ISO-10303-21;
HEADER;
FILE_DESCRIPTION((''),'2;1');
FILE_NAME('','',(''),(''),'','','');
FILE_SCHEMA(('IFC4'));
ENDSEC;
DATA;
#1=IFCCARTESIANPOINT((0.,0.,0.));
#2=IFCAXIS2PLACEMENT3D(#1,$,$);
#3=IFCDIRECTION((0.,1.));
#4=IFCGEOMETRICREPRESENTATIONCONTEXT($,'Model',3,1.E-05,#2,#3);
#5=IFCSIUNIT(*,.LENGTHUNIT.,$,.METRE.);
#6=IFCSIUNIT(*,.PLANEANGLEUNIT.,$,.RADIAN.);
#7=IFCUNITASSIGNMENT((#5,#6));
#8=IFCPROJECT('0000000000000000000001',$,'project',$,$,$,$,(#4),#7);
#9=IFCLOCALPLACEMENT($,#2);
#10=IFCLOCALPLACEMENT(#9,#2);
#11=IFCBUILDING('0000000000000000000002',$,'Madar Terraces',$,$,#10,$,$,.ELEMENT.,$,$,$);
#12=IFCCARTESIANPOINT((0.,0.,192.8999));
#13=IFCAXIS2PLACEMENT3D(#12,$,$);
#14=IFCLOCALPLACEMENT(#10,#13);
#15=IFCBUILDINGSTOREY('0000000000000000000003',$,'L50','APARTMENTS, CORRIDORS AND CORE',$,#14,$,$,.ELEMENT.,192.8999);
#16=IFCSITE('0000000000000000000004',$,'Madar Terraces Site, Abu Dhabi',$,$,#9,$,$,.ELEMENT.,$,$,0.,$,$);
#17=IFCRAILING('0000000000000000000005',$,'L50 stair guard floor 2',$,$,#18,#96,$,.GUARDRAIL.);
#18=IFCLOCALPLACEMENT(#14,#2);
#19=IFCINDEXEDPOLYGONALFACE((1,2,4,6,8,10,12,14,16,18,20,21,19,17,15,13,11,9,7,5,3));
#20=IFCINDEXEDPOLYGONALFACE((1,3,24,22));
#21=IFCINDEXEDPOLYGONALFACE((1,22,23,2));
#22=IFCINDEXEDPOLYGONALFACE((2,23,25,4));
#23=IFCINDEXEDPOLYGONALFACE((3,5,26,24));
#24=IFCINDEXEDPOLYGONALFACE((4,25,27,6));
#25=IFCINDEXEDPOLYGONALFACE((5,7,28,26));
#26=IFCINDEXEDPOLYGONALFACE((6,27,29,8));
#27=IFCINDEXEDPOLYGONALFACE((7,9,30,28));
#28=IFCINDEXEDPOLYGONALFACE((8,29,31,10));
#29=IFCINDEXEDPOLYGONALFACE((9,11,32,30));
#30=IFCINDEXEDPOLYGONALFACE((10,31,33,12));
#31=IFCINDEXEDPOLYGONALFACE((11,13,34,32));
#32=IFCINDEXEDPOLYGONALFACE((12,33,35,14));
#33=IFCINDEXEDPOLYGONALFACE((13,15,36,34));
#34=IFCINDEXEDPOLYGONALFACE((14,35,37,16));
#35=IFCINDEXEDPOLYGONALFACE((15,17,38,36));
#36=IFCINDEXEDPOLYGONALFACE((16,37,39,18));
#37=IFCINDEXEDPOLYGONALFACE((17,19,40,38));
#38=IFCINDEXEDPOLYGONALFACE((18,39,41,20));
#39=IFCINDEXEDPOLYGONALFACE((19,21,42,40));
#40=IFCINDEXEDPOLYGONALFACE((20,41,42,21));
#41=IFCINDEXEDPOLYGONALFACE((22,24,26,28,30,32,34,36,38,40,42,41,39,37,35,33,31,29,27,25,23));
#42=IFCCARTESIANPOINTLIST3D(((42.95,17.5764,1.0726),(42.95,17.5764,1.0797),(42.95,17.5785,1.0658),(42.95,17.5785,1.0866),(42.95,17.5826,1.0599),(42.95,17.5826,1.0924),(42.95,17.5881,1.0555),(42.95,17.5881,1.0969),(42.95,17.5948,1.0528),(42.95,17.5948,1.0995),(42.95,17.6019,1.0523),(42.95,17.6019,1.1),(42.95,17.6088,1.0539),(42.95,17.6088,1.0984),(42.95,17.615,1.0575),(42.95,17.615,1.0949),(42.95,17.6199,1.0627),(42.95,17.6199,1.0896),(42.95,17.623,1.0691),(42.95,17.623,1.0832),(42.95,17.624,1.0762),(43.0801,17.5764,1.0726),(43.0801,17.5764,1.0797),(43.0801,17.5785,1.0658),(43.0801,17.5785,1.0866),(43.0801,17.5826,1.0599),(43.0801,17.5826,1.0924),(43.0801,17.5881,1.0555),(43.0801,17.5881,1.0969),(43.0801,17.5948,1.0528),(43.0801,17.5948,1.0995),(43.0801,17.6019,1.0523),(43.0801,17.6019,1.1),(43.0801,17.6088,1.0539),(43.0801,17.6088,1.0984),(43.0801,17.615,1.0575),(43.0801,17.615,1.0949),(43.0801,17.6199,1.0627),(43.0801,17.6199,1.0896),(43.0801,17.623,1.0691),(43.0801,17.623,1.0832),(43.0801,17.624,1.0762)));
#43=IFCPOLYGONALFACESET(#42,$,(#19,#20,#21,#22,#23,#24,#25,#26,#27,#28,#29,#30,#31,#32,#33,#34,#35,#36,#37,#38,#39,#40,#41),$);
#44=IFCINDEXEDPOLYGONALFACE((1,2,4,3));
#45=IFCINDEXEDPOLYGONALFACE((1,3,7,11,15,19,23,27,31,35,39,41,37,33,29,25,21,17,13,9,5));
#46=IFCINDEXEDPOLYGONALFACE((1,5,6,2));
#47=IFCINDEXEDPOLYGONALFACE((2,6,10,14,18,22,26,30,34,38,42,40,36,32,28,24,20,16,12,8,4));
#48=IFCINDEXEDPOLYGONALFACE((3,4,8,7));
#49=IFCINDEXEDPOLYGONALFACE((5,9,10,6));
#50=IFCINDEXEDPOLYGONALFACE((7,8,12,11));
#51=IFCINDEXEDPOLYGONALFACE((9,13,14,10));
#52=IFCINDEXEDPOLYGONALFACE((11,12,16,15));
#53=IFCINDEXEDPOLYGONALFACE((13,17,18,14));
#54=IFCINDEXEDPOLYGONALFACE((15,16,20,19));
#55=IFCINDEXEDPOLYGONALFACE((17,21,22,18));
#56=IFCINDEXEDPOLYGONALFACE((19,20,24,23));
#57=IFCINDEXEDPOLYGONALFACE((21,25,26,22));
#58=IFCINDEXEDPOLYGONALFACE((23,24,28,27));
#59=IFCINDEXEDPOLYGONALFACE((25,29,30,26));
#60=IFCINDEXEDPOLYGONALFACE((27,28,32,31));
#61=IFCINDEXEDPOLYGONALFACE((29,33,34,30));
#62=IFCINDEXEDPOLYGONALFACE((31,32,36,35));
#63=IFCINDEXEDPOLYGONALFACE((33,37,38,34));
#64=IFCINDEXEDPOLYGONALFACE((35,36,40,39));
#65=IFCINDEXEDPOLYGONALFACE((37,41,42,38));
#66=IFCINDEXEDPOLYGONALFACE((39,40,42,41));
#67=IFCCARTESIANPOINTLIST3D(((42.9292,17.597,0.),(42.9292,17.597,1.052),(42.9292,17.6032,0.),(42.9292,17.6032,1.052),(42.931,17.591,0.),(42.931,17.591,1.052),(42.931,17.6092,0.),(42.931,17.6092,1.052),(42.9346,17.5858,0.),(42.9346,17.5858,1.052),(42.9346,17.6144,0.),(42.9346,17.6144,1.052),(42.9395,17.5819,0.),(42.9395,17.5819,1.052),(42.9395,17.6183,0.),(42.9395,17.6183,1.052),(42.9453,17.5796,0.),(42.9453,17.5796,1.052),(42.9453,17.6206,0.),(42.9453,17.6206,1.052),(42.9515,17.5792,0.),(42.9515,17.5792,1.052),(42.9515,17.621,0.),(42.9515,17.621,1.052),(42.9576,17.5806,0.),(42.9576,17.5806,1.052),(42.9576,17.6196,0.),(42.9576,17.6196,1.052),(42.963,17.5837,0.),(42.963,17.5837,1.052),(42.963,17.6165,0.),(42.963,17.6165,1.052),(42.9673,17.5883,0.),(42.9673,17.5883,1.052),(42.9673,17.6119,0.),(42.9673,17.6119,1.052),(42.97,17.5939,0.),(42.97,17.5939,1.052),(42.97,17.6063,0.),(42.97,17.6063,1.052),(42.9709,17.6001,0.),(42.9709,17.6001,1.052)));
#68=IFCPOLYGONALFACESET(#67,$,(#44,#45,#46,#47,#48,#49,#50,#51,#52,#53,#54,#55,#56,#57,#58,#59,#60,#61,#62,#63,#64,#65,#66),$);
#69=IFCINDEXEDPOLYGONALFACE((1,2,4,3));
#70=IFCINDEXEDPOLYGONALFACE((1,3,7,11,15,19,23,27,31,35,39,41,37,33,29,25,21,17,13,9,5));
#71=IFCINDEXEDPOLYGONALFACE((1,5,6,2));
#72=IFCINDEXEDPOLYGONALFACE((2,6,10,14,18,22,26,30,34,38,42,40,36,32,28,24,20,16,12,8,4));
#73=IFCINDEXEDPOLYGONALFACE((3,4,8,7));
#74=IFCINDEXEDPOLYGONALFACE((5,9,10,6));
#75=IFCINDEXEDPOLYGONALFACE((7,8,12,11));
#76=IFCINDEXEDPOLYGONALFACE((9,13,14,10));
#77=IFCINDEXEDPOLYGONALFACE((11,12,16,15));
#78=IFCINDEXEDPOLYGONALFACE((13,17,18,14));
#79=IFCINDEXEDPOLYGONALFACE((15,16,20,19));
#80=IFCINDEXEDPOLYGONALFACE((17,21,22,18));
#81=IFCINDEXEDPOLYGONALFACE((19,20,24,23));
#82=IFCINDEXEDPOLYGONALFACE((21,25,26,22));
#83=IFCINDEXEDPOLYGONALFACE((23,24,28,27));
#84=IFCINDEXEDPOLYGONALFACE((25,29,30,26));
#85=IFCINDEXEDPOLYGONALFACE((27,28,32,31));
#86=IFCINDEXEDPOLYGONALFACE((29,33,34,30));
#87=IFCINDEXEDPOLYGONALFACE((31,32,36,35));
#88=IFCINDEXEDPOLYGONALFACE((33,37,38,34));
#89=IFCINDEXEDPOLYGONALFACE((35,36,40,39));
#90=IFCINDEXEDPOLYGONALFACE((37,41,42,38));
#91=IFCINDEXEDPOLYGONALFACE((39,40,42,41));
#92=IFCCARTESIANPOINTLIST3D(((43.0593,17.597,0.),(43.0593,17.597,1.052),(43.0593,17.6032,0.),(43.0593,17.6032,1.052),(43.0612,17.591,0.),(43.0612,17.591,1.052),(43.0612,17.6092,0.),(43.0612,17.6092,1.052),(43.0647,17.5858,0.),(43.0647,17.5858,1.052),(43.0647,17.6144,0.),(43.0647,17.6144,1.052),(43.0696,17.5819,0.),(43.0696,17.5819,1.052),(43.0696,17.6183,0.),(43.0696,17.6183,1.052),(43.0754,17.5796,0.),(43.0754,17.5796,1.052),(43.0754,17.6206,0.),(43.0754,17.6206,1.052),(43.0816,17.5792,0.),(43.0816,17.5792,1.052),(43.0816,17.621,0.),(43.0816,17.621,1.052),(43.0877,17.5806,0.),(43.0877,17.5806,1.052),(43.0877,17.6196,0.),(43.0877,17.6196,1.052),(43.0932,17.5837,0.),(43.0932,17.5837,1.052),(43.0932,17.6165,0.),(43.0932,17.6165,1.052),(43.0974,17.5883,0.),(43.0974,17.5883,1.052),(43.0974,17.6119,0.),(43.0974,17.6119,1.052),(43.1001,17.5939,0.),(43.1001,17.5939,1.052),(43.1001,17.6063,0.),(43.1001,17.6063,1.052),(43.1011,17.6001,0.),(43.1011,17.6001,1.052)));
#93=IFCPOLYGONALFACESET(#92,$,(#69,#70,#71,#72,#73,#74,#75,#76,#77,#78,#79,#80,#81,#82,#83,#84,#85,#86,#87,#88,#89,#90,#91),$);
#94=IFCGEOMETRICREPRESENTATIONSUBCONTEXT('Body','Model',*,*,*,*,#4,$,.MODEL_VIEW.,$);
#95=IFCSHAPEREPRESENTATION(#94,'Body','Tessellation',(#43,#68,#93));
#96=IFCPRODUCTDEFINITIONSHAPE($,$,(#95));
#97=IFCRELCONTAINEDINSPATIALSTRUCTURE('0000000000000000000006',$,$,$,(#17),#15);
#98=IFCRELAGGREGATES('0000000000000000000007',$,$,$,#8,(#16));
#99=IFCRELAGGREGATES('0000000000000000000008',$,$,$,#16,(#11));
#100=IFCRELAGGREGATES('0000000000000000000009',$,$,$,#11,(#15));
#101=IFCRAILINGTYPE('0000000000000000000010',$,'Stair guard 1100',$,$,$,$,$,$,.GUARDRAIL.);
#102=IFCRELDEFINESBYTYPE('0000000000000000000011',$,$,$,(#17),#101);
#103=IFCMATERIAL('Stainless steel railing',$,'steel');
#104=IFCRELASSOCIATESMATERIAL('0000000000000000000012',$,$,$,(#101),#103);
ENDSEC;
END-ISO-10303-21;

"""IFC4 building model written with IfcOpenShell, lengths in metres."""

from ifc_helpers import new_model, si_unit, direction, frame, origin, origin_2d, place, context, subcontext, project, spatial, circle, extrude, material, type_object, element, save


model = new_model("IFC4")

# Units and contexts
model_context = context("Model", 3, precision=1e-05, world=origin(), true_north=direction((0.0, 1.0)))
body_context = subcontext(model_context, "Body", "Model", "MODEL_VIEW")
ifc_project = project(units=[si_unit("LENGTHUNIT", "METRE"), si_unit("PLANEANGLEUNIT", "RADIAN")], contexts=[model_context])

# Site, building, storey
site_placement = place(None, origin())
site = spatial("IfcSite", under=ifc_project, at=site_placement, Name="Madar Terraces Site, Abu Dhabi", CompositionType="ELEMENT", RefElevation=0.0)
building_placement = place(site_placement, origin())
building = spatial("IfcBuilding", under=site, at=building_placement, Name="Madar Terraces", CompositionType="ELEMENT")
storey_placement = place(building_placement, frame((0.0, 0.0, 192.8999)))
storey = spatial("IfcBuildingStorey", under=building, at=storey_placement, Name="L50", Description="APARTMENTS, CORRIDORS AND CORE", CompositionType="ELEMENT", Elevation=192.8999)

# Railing
ifc_material_1 = material(Name="Stainless steel railing", Category="steel")
railing_type_1 = type_object("IfcRailingType", Name="Stair guard 1100", PredefinedType="GUARDRAIL", material=ifc_material_1)
railing_1_placement = place(storey_placement, frame((42.95, 17.6001, 0.0)))
element("IfcRailing", 1, at=railing_1_placement, inside=storey, type_object=railing_type_1, Name="L50 stair guard floor 2", PredefinedType="GUARDRAIL", context=body_context, shape_type="SweptSolid", body=[
    extrude(circle(Radius=0.0239, at=origin_2d()), frame((0.0, 0.0, 1.0762), z_axis=(1.0, 0.0, 0.0), x_axis=(0.0, 1.0, 0.0)), (0.0, 0.0, 1.0), 0.1301),
    extrude(circle(Radius=0.021, at=origin_2d()), origin(), (0.0, 0.0, 1.0), 1.052),
    extrude(circle(Radius=0.021, at=origin_2d()), frame((0.1301, 0.0, 0.0)), (0.0, 0.0, 1.0), 1.052),
])

save(model, "model.ifc")
